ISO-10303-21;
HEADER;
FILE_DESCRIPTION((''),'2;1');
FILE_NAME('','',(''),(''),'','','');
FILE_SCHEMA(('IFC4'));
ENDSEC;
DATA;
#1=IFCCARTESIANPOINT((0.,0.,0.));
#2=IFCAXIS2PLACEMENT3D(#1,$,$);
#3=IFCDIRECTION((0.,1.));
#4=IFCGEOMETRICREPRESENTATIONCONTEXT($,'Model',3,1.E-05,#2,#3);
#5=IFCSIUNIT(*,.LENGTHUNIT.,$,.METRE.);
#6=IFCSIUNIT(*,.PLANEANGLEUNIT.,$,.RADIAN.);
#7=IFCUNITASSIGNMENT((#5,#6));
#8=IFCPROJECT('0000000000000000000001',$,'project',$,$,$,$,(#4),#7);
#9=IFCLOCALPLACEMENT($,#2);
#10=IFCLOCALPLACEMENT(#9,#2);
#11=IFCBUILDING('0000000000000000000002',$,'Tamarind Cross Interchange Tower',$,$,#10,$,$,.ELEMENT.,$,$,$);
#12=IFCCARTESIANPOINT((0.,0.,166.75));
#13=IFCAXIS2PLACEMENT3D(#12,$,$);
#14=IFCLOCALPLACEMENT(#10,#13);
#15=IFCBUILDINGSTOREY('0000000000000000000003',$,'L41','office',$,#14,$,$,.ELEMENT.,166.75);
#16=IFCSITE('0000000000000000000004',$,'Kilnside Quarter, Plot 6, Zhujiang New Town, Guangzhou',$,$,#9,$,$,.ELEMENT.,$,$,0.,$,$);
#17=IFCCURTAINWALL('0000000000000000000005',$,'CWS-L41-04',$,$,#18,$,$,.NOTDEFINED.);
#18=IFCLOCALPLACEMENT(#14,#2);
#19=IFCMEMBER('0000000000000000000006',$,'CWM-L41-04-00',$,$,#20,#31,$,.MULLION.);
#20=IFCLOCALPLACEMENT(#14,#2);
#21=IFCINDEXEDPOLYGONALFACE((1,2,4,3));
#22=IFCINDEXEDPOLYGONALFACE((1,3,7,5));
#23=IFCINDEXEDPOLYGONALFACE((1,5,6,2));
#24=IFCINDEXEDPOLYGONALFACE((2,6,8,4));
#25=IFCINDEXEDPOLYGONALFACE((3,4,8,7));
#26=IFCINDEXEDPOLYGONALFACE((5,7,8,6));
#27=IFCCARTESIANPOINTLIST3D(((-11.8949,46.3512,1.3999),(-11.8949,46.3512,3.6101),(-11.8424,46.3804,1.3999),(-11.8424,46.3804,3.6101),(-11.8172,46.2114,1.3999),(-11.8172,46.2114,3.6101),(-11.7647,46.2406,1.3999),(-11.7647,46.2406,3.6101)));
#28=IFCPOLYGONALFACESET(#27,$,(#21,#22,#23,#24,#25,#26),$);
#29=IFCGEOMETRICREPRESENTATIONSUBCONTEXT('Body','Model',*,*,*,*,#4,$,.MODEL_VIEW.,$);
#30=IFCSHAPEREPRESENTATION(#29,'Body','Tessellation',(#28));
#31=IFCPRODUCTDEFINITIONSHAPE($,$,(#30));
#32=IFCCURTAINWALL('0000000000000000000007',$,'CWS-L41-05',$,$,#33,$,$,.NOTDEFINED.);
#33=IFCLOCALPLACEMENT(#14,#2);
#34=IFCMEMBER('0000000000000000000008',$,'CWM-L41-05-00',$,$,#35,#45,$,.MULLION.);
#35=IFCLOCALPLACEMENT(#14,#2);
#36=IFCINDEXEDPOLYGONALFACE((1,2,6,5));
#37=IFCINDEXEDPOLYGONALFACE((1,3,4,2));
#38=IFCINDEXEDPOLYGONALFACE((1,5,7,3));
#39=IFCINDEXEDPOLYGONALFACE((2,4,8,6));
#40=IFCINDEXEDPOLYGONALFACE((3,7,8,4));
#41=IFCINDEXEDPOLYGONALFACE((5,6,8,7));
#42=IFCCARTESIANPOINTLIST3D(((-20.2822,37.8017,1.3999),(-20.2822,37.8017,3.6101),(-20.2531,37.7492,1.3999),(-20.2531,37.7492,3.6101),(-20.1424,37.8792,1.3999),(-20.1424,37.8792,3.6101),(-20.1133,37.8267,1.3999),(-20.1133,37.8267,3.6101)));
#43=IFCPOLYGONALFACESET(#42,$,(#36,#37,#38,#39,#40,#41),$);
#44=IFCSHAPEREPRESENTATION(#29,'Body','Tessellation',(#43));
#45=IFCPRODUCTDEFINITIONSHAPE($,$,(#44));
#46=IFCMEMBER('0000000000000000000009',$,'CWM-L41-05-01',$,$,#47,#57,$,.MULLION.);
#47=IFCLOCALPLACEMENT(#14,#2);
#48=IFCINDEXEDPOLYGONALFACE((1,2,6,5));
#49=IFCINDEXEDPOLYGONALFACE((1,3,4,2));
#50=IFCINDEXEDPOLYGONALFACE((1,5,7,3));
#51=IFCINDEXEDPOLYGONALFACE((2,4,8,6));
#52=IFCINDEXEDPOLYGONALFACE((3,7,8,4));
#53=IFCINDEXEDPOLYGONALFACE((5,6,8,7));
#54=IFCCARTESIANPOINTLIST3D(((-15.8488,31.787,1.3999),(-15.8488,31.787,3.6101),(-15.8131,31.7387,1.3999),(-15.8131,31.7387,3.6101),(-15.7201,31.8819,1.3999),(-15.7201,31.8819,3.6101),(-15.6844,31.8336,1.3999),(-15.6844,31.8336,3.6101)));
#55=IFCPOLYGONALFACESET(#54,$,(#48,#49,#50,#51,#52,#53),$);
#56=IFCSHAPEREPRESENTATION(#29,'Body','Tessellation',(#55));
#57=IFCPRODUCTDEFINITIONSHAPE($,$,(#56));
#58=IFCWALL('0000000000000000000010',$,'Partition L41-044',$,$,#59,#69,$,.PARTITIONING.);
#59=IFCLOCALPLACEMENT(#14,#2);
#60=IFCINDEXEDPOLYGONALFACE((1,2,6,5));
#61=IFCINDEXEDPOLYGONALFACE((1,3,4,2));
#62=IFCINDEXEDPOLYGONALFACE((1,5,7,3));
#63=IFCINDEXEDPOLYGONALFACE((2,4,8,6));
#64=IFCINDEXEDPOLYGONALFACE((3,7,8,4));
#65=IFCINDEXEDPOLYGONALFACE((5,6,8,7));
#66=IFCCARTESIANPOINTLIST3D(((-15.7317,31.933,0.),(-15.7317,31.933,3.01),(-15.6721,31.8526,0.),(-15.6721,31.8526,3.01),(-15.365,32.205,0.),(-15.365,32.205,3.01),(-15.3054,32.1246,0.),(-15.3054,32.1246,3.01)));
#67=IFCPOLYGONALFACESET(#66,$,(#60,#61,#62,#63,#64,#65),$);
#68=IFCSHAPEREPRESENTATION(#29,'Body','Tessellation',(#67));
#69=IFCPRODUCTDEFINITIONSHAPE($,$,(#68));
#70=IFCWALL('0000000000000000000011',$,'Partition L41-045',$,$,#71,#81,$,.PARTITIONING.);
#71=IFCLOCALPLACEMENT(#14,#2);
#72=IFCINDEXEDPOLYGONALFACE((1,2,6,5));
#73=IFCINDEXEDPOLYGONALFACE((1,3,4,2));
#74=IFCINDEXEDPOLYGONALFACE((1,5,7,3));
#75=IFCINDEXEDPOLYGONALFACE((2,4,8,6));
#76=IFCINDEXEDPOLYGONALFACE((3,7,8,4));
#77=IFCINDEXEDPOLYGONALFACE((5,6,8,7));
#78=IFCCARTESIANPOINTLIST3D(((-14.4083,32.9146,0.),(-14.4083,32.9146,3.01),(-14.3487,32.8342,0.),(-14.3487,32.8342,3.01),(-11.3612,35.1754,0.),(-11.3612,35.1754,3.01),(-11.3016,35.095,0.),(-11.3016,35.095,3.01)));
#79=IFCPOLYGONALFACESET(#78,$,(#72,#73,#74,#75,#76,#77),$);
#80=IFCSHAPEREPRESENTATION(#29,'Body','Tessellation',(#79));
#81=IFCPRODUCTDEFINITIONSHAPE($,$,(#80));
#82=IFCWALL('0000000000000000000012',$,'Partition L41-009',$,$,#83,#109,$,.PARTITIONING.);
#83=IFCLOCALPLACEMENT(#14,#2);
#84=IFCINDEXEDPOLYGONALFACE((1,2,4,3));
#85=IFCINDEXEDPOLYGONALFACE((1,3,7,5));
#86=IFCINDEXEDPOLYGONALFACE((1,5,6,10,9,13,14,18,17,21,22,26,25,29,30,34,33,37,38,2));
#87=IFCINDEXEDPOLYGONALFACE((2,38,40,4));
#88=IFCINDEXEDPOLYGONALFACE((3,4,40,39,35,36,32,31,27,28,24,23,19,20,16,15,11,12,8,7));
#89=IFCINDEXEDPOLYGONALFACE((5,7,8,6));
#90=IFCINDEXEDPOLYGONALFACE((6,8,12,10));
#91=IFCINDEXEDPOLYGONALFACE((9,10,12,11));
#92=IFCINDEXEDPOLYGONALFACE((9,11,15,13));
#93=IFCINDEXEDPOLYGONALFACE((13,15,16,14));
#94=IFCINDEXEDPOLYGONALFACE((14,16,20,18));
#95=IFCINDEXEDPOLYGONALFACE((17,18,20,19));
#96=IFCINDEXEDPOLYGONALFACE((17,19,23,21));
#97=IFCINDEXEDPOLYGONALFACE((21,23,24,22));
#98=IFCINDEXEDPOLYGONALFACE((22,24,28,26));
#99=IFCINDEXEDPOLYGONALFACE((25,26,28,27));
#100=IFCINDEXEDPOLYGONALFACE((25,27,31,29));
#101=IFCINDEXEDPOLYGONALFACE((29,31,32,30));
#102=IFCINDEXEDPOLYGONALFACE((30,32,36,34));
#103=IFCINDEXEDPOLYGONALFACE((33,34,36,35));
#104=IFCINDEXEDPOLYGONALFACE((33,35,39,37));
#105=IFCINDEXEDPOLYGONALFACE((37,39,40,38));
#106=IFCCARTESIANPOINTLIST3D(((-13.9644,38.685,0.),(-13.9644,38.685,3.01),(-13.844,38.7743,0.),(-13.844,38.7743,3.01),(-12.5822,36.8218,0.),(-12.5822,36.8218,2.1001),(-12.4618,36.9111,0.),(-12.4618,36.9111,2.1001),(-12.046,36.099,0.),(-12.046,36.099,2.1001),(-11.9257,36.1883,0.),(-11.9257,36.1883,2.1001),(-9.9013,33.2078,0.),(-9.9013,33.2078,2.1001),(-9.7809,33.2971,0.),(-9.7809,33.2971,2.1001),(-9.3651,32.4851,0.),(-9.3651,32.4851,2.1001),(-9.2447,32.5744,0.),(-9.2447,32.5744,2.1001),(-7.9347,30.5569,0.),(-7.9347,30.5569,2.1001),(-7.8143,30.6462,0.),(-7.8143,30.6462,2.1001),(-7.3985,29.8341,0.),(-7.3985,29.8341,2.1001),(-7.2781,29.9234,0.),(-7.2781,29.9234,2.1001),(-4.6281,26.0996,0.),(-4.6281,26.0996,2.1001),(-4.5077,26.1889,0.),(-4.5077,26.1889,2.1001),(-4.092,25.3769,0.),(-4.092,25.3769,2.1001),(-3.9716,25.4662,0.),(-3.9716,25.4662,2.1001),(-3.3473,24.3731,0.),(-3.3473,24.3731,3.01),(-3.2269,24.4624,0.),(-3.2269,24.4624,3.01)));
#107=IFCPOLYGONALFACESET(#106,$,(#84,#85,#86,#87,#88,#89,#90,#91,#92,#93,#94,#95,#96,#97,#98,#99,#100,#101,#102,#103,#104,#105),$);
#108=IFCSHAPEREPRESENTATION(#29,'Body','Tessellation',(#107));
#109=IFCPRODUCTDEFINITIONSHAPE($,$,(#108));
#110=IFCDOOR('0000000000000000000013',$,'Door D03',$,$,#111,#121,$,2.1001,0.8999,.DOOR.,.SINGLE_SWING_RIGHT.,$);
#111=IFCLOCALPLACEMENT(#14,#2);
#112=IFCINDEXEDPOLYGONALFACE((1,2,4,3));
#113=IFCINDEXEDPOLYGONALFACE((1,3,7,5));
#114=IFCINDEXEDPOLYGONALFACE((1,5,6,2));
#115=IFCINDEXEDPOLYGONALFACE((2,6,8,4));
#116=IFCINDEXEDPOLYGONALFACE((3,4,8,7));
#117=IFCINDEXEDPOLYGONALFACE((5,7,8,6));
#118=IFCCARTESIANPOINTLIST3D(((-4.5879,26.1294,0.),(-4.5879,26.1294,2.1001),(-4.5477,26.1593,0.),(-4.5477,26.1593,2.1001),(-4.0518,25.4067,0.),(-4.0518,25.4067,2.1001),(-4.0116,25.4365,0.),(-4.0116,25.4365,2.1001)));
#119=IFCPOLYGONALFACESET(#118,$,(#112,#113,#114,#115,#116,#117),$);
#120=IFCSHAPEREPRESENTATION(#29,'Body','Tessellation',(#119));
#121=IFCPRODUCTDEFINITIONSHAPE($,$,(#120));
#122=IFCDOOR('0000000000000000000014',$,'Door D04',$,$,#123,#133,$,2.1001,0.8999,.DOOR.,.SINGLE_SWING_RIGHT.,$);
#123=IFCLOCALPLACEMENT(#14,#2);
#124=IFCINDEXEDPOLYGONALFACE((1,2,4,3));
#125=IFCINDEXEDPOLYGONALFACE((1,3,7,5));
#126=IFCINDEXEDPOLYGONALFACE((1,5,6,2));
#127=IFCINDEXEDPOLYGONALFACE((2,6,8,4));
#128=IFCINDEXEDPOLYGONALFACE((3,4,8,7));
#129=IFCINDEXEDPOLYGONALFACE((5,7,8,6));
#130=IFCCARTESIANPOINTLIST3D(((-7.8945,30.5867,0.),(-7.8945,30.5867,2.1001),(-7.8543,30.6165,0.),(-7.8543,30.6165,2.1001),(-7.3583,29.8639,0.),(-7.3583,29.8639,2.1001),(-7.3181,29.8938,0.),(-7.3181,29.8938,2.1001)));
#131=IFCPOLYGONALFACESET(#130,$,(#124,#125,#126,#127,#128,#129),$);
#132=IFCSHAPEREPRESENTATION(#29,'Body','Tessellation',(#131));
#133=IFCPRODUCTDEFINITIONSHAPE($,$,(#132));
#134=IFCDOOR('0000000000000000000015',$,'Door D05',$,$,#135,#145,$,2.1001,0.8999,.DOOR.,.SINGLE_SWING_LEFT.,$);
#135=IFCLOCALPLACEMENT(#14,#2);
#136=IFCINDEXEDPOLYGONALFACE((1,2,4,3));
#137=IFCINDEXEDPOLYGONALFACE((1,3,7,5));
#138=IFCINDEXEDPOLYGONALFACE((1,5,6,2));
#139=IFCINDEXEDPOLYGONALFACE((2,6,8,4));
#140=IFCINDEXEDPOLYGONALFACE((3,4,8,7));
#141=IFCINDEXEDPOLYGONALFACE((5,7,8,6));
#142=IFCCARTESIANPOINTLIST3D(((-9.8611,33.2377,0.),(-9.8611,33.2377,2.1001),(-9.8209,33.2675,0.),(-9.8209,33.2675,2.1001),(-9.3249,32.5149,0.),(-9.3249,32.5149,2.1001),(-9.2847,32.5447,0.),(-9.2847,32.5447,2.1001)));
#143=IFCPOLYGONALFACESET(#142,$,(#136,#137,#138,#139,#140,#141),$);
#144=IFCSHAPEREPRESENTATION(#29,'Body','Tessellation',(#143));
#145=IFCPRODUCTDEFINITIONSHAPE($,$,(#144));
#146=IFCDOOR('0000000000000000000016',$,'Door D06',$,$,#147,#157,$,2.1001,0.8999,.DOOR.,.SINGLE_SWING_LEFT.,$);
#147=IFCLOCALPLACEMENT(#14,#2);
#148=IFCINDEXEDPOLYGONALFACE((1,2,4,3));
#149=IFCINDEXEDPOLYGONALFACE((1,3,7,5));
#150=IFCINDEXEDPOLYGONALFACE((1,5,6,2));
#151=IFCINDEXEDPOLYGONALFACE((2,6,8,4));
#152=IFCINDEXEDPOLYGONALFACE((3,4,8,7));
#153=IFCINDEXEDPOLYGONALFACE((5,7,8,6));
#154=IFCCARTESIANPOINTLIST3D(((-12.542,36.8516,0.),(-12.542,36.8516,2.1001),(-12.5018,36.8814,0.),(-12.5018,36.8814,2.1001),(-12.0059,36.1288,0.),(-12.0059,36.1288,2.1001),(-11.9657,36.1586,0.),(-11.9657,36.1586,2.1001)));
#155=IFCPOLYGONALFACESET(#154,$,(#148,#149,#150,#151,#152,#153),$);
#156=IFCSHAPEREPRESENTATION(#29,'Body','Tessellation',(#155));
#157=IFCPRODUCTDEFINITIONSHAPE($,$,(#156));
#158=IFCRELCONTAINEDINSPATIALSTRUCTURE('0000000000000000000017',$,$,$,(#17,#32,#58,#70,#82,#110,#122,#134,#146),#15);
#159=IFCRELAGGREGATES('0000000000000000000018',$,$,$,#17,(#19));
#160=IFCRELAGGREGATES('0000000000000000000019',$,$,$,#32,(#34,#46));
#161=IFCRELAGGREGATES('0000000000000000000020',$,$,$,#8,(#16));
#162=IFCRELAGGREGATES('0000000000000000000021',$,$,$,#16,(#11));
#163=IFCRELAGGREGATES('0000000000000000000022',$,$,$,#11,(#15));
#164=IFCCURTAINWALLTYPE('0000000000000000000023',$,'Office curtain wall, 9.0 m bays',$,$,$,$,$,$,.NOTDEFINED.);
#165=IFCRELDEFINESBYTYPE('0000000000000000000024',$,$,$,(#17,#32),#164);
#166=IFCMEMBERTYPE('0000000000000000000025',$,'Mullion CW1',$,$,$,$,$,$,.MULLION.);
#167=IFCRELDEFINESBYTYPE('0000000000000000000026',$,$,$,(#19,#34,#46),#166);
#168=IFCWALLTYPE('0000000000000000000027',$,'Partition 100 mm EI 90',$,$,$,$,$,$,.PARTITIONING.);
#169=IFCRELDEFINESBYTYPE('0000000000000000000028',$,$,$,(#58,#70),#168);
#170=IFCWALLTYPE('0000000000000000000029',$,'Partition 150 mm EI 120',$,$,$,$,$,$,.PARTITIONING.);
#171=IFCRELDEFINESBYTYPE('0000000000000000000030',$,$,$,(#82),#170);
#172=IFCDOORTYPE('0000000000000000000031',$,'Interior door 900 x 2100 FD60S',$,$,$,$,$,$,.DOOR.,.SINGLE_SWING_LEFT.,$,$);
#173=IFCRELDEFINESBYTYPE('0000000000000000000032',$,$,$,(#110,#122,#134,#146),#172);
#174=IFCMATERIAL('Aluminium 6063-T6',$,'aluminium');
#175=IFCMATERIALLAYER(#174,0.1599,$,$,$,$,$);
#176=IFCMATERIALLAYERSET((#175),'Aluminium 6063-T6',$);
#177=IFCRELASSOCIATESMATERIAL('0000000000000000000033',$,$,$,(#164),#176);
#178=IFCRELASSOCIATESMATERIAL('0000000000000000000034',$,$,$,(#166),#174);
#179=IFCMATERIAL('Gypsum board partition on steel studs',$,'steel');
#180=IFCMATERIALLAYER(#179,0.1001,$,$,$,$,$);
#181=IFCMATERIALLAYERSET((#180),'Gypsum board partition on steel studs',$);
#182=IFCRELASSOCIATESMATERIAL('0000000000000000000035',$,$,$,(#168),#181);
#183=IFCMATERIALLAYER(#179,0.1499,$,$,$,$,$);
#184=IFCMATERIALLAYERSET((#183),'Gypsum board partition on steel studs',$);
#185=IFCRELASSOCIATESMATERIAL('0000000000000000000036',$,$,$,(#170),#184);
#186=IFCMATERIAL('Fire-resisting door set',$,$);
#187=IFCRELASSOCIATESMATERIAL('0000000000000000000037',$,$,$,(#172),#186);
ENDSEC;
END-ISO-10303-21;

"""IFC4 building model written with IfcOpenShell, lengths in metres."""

from ifc_helpers import new_model, si_unit, direction, frame, frame_2d, origin, origin_2d, place, context, subcontext, project, spatial, rectangle, extrude, material, layer, layer_set, material_profile, profile_set, type_object, element, fill, aggregate, save


model = new_model("IFC4")

# Units and contexts
model_context = context("Model", 3, precision=1e-05, world=origin(), true_north=direction((0.0, 1.0)))
body_context = subcontext(model_context, "Body", "Model", "MODEL_VIEW")
ifc_project = project(units=[si_unit("LENGTHUNIT", "METRE"), si_unit("PLANEANGLEUNIT", "RADIAN")], contexts=[model_context])

# Site, building, storey
site_placement = place(None, origin())
site = spatial("IfcSite", under=ifc_project, at=site_placement, Name="Kilnside Quarter, Plot 6, Zhujiang New Town, Guangzhou", CompositionType="ELEMENT", RefElevation=0.0)
building_placement = place(site_placement, origin())
building = spatial("IfcBuilding", under=site, at=building_placement, Name="Tamarind Cross Interchange Tower", CompositionType="ELEMENT")
storey_placement = place(building_placement, frame((0.0, 0.0, 166.75)))
storey = spatial("IfcBuildingStorey", under=building, at=storey_placement, Name="L41", Description="office", CompositionType="ELEMENT", Elevation=166.75)

# Curtain wall, member
ifc_material_1 = material(Name="Aluminium 6063-T6", Category="aluminium")
ifc_layer_1 = layer(ifc_material_1, 0.1599)
ifc_layer_set_1 = layer_set([ifc_layer_1], Name="Aluminium 6063-T6")
curtain_wall_type = type_object("IfcCurtainWallType", Name="Office curtain wall, 9.0 m bays", PredefinedType="NOTDEFINED", material=ifc_layer_set_1)
curtain_wall_1_placement = place(storey_placement, origin())
curtain_wall_1 = element("IfcCurtainWall", 1, at=curtain_wall_1_placement, inside=storey, type_object=curtain_wall_type, Name="CWS-L41-04", PredefinedType="NOTDEFINED")
ifc_material_profile_1 = material_profile(ifc_material_1, rectangle(XDim=0.0601, YDim=0.1599, at=origin_2d()), Name="Mullion CW1")
ifc_profile_set_1 = profile_set([ifc_material_profile_1], Name="Aluminium 6063-T6")
member_type = type_object("IfcMemberType", Name="Mullion CW1", PredefinedType="MULLION", material=ifc_profile_set_1)
member_1_placement = place(storey_placement, frame((-11.8298, 46.2959, 1.3999), z_axis=(0.0, 0.0, 1.0), x_axis=(-0.874044, -0.485847, 0.0)))
member_1 = element("IfcMember", 2, at=member_1_placement, type_object=member_type, Name="CWM-L41-04-00", PredefinedType="MULLION", context=body_context, shape_type="SweptSolid", body=[
    extrude(rectangle(XDim=0.0601, YDim=0.1599, at=origin_2d()), origin(), (0.0, 0.0, 1.0), 2.2102),
])
aggregate(curtain_wall_1, [member_1])

# Curtain wall, members
curtain_wall_2_placement = place(storey_placement, origin())
curtain_wall_2 = element("IfcCurtainWall", 3, at=curtain_wall_2_placement, inside=storey, type_object=curtain_wall_type, Name="CWS-L41-05", PredefinedType="NOTDEFINED")
member_2_placement = place(storey_placement, frame((-20.1978, 37.8142, 1.3999), z_axis=(0.0, 0.0, 1.0), x_axis=(0.484783, -0.874634, 0.0)))
member_2 = element("IfcMember", 4, at=member_2_placement, type_object=member_type, Name="CWM-L41-05-00", PredefinedType="MULLION", context=body_context, shape_type="SweptSolid", body=[
    extrude(rectangle(XDim=0.0601, YDim=0.1599, at=origin_2d()), origin(), (0.0, 0.0, 1.0), 2.2102),
])
member_3_placement = place(storey_placement, frame((-15.7666, 31.8103, 1.3999), z_axis=(0.0, 0.0, 1.0), x_axis=(0.593819, -0.804598, 0.0)))
member_3 = element("IfcMember", 5, at=member_3_placement, type_object=member_type, Name="CWM-L41-05-01", PredefinedType="MULLION", context=body_context, shape_type="SweptSolid", body=[
    extrude(rectangle(XDim=0.0601, YDim=0.1599, at=origin_2d()), origin(), (0.0, 0.0, 1.0), 2.2102),
])
aggregate(curtain_wall_2, [member_2, member_3])

# Walls
ifc_material_2 = material(Name="Gypsum board partition on steel studs", Category="steel")
ifc_layer_2 = layer(ifc_material_2, 0.1001)
ifc_layer_set_2 = layer_set([ifc_layer_2], Name="Gypsum board partition on steel studs")
wall_type_1 = type_object("IfcWallType", Name="Partition 100 mm EI 90", PredefinedType="PARTITIONING", material=ifc_layer_set_2)
wall_1_placement = place(storey_placement, frame((-15.7019, 31.8928, 0.0), z_axis=(0.0, 0.0, 1.0), x_axis=(0.803197, 0.595713, 0.0)))
element("IfcWall", 6, at=wall_1_placement, inside=storey, type_object=wall_type_1, Name="Partition L41-044", PredefinedType="PARTITIONING", context=body_context, shape_type="SweptSolid", body=[
    extrude(rectangle(XDim=0.4565, YDim=0.1001, at=frame_2d((0.2283, 0.0))), origin(), (0.0, 0.0, 1.0), 3.01),
])
wall_2_placement = place(storey_placement, frame((-14.3784, 32.8745, 0.0), z_axis=(0.0, 0.0, 1.0), x_axis=(0.803101, 0.595843, 0.0)))
element("IfcWall", 7, at=wall_2_placement, inside=storey, type_object=wall_type_1, Name="Partition L41-045", PredefinedType="PARTITIONING", context=body_context, shape_type="SweptSolid", body=[
    extrude(rectangle(XDim=3.7942, YDim=0.1001, at=frame_2d((1.897, 0.0))), origin(), (0.0, 0.0, 1.0), 3.01),
])

# Wall, openings, doors
ifc_layer_3 = layer(ifc_material_2, 0.1499)
ifc_layer_set_3 = layer_set([ifc_layer_3], Name="Gypsum board partition on steel studs")
wall_type_2 = type_object("IfcWallType", Name="Partition 150 mm EI 120", PredefinedType="PARTITIONING", material=ifc_layer_set_3)
wall_3_placement = place(storey_placement, frame((-13.9043, 38.7297, 0.0), z_axis=(0.0, 0.0, 1.0), x_axis=(0.595796, -0.803136, 0.0)))
wall_3 = element("IfcWall", 8, at=wall_3_placement, inside=storey, type_object=wall_type_2, Name="Partition L41-009", PredefinedType="PARTITIONING", context=body_context, shape_type="SweptSolid", body=[
    extrude(rectangle(XDim=17.8201, YDim=0.1499, at=frame_2d((8.9102, 0.0))), origin(), (0.0, 0.0, 1.0), 3.01),
])
opening_1_placement = place(wall_3_placement, frame((15.6704, 0.0, 0.0)))
opening_1 = element("IfcOpeningElement", 9, at=opening_1_placement, cuts=wall_3, PredefinedType="OPENING", context=body_context, shape_type="SweptSolid", body=[
    extrude(rectangle(XDim=0.8999, YDim=2.1001, at=frame_2d((0.45, 1.05))), frame((0.0, 0.085, 0.0), z_axis=(0.0, -1.0, 0.0), x_axis=(1.0, 0.0, 0.0)), (0.0, 0.0, 1.0), 0.1699),
])
opening_2_placement = place(wall_3_placement, frame((10.1206, 0.0, 0.0)))
opening_2 = element("IfcOpeningElement", 10, at=opening_2_placement, cuts=wall_3, PredefinedType="OPENING", context=body_context, shape_type="SweptSolid", body=[
    extrude(rectangle(XDim=0.8999, YDim=2.1001, at=frame_2d((0.45, 1.05))), frame((0.0, 0.085, 0.0), z_axis=(0.0, -1.0, 0.0), x_axis=(1.0, 0.0, 0.0)), (0.0, 0.0, 1.0), 0.1699),
])
opening_3_placement = place(wall_3_placement, frame((6.8198, 0.0, 0.0)))
opening_3 = element("IfcOpeningElement", 11, at=opening_3_placement, cuts=wall_3, PredefinedType="OPENING", context=body_context, shape_type="SweptSolid", body=[
    extrude(rectangle(XDim=0.8999, YDim=2.1001, at=frame_2d((0.45, 1.05))), frame((0.0, 0.085, 0.0), z_axis=(0.0, -1.0, 0.0), x_axis=(1.0, 0.0, 0.0)), (0.0, 0.0, 1.0), 0.1699),
])
opening_4_placement = place(wall_3_placement, frame((2.3201, 0.0, 0.0)))
opening_4 = element("IfcOpeningElement", 12, at=opening_4_placement, cuts=wall_3, PredefinedType="OPENING", context=body_context, shape_type="SweptSolid", body=[
    extrude(rectangle(XDim=0.8999, YDim=2.1001, at=frame_2d((0.45, 1.05))), frame((0.0, 0.085, 0.0), z_axis=(0.0, -1.0, 0.0), x_axis=(1.0, 0.0, 0.0)), (0.0, 0.0, 1.0), 0.1699),
])
ifc_material_3 = material(Name="Fire-resisting door set")
door_type = type_object("IfcDoorType", Name="Interior door 900 x 2100 FD60S", OperationType="SINGLE_SWING_LEFT", PredefinedType="DOOR", material=ifc_material_3)
door_1_placement = place(opening_1_placement, frame((0.8999, 0.0, 0.0), z_axis=(0.0, 0.0, 1.0), x_axis=(-1.0, 0.0, 0.0)))
door_1 = element("IfcDoor", 13, at=door_1_placement, inside=storey, type_object=door_type, Name="Door D03", OperationType="SINGLE_SWING_RIGHT", OverallHeight=2.1001, OverallWidth=0.8999, PredefinedType="DOOR", context=body_context, shape_type="SweptSolid", body=[
    extrude(rectangle(XDim=0.8999, YDim=2.1001, at=frame_2d((0.45, 1.05))), frame((0.0, 0.0249, 0.0), z_axis=(0.0, -1.0, 0.0), x_axis=(1.0, 0.0, 0.0)), (0.0, 0.0, 1.0), 0.05),
])
fill(opening_1, door_1)
door_2_placement = place(opening_2_placement, frame((0.8999, 0.0, 0.0), z_axis=(0.0, 0.0, 1.0), x_axis=(-1.0, 0.0, 0.0)))
door_2 = element("IfcDoor", 14, at=door_2_placement, inside=storey, type_object=door_type, Name="Door D04", OperationType="SINGLE_SWING_RIGHT", OverallHeight=2.1001, OverallWidth=0.8999, PredefinedType="DOOR", context=body_context, shape_type="SweptSolid", body=[
    extrude(rectangle(XDim=0.8999, YDim=2.1001, at=frame_2d((0.45, 1.05))), frame((0.0, 0.0249, 0.0), z_axis=(0.0, -1.0, 0.0), x_axis=(1.0, 0.0, 0.0)), (0.0, 0.0, 1.0), 0.05),
])
fill(opening_2, door_2)
door_3_placement = place(opening_3_placement, frame((0.8999, 0.0, 0.0), z_axis=(0.0, 0.0, 1.0), x_axis=(-1.0, 0.0, 0.0)))
door_3 = element("IfcDoor", 15, at=door_3_placement, inside=storey, type_object=door_type, Name="Door D05", OperationType="SINGLE_SWING_LEFT", OverallHeight=2.1001, OverallWidth=0.8999, PredefinedType="DOOR", context=body_context, shape_type="SweptSolid", body=[
    extrude(rectangle(XDim=0.8999, YDim=2.1001, at=frame_2d((0.45, 1.05))), frame((0.0, 0.0249, 0.0), z_axis=(0.0, -1.0, 0.0), x_axis=(1.0, 0.0, 0.0)), (0.0, 0.0, 1.0), 0.05),
])
fill(opening_3, door_3)
door_4_placement = place(opening_4_placement, frame((0.8999, 0.0, 0.0), z_axis=(0.0, 0.0, 1.0), x_axis=(-1.0, 0.0, 0.0)))
door_4 = element("IfcDoor", 16, at=door_4_placement, inside=storey, type_object=door_type, Name="Door D06", OperationType="SINGLE_SWING_LEFT", OverallHeight=2.1001, OverallWidth=0.8999, PredefinedType="DOOR", context=body_context, shape_type="SweptSolid", body=[
    extrude(rectangle(XDim=0.8999, YDim=2.1001, at=frame_2d((0.45, 1.05))), frame((0.0, 0.0249, 0.0), z_axis=(0.0, -1.0, 0.0), x_axis=(1.0, 0.0, 0.0)), (0.0, 0.0, 1.0), 0.05),
])
fill(opening_4, door_4)

save(model, "model.ifc")
